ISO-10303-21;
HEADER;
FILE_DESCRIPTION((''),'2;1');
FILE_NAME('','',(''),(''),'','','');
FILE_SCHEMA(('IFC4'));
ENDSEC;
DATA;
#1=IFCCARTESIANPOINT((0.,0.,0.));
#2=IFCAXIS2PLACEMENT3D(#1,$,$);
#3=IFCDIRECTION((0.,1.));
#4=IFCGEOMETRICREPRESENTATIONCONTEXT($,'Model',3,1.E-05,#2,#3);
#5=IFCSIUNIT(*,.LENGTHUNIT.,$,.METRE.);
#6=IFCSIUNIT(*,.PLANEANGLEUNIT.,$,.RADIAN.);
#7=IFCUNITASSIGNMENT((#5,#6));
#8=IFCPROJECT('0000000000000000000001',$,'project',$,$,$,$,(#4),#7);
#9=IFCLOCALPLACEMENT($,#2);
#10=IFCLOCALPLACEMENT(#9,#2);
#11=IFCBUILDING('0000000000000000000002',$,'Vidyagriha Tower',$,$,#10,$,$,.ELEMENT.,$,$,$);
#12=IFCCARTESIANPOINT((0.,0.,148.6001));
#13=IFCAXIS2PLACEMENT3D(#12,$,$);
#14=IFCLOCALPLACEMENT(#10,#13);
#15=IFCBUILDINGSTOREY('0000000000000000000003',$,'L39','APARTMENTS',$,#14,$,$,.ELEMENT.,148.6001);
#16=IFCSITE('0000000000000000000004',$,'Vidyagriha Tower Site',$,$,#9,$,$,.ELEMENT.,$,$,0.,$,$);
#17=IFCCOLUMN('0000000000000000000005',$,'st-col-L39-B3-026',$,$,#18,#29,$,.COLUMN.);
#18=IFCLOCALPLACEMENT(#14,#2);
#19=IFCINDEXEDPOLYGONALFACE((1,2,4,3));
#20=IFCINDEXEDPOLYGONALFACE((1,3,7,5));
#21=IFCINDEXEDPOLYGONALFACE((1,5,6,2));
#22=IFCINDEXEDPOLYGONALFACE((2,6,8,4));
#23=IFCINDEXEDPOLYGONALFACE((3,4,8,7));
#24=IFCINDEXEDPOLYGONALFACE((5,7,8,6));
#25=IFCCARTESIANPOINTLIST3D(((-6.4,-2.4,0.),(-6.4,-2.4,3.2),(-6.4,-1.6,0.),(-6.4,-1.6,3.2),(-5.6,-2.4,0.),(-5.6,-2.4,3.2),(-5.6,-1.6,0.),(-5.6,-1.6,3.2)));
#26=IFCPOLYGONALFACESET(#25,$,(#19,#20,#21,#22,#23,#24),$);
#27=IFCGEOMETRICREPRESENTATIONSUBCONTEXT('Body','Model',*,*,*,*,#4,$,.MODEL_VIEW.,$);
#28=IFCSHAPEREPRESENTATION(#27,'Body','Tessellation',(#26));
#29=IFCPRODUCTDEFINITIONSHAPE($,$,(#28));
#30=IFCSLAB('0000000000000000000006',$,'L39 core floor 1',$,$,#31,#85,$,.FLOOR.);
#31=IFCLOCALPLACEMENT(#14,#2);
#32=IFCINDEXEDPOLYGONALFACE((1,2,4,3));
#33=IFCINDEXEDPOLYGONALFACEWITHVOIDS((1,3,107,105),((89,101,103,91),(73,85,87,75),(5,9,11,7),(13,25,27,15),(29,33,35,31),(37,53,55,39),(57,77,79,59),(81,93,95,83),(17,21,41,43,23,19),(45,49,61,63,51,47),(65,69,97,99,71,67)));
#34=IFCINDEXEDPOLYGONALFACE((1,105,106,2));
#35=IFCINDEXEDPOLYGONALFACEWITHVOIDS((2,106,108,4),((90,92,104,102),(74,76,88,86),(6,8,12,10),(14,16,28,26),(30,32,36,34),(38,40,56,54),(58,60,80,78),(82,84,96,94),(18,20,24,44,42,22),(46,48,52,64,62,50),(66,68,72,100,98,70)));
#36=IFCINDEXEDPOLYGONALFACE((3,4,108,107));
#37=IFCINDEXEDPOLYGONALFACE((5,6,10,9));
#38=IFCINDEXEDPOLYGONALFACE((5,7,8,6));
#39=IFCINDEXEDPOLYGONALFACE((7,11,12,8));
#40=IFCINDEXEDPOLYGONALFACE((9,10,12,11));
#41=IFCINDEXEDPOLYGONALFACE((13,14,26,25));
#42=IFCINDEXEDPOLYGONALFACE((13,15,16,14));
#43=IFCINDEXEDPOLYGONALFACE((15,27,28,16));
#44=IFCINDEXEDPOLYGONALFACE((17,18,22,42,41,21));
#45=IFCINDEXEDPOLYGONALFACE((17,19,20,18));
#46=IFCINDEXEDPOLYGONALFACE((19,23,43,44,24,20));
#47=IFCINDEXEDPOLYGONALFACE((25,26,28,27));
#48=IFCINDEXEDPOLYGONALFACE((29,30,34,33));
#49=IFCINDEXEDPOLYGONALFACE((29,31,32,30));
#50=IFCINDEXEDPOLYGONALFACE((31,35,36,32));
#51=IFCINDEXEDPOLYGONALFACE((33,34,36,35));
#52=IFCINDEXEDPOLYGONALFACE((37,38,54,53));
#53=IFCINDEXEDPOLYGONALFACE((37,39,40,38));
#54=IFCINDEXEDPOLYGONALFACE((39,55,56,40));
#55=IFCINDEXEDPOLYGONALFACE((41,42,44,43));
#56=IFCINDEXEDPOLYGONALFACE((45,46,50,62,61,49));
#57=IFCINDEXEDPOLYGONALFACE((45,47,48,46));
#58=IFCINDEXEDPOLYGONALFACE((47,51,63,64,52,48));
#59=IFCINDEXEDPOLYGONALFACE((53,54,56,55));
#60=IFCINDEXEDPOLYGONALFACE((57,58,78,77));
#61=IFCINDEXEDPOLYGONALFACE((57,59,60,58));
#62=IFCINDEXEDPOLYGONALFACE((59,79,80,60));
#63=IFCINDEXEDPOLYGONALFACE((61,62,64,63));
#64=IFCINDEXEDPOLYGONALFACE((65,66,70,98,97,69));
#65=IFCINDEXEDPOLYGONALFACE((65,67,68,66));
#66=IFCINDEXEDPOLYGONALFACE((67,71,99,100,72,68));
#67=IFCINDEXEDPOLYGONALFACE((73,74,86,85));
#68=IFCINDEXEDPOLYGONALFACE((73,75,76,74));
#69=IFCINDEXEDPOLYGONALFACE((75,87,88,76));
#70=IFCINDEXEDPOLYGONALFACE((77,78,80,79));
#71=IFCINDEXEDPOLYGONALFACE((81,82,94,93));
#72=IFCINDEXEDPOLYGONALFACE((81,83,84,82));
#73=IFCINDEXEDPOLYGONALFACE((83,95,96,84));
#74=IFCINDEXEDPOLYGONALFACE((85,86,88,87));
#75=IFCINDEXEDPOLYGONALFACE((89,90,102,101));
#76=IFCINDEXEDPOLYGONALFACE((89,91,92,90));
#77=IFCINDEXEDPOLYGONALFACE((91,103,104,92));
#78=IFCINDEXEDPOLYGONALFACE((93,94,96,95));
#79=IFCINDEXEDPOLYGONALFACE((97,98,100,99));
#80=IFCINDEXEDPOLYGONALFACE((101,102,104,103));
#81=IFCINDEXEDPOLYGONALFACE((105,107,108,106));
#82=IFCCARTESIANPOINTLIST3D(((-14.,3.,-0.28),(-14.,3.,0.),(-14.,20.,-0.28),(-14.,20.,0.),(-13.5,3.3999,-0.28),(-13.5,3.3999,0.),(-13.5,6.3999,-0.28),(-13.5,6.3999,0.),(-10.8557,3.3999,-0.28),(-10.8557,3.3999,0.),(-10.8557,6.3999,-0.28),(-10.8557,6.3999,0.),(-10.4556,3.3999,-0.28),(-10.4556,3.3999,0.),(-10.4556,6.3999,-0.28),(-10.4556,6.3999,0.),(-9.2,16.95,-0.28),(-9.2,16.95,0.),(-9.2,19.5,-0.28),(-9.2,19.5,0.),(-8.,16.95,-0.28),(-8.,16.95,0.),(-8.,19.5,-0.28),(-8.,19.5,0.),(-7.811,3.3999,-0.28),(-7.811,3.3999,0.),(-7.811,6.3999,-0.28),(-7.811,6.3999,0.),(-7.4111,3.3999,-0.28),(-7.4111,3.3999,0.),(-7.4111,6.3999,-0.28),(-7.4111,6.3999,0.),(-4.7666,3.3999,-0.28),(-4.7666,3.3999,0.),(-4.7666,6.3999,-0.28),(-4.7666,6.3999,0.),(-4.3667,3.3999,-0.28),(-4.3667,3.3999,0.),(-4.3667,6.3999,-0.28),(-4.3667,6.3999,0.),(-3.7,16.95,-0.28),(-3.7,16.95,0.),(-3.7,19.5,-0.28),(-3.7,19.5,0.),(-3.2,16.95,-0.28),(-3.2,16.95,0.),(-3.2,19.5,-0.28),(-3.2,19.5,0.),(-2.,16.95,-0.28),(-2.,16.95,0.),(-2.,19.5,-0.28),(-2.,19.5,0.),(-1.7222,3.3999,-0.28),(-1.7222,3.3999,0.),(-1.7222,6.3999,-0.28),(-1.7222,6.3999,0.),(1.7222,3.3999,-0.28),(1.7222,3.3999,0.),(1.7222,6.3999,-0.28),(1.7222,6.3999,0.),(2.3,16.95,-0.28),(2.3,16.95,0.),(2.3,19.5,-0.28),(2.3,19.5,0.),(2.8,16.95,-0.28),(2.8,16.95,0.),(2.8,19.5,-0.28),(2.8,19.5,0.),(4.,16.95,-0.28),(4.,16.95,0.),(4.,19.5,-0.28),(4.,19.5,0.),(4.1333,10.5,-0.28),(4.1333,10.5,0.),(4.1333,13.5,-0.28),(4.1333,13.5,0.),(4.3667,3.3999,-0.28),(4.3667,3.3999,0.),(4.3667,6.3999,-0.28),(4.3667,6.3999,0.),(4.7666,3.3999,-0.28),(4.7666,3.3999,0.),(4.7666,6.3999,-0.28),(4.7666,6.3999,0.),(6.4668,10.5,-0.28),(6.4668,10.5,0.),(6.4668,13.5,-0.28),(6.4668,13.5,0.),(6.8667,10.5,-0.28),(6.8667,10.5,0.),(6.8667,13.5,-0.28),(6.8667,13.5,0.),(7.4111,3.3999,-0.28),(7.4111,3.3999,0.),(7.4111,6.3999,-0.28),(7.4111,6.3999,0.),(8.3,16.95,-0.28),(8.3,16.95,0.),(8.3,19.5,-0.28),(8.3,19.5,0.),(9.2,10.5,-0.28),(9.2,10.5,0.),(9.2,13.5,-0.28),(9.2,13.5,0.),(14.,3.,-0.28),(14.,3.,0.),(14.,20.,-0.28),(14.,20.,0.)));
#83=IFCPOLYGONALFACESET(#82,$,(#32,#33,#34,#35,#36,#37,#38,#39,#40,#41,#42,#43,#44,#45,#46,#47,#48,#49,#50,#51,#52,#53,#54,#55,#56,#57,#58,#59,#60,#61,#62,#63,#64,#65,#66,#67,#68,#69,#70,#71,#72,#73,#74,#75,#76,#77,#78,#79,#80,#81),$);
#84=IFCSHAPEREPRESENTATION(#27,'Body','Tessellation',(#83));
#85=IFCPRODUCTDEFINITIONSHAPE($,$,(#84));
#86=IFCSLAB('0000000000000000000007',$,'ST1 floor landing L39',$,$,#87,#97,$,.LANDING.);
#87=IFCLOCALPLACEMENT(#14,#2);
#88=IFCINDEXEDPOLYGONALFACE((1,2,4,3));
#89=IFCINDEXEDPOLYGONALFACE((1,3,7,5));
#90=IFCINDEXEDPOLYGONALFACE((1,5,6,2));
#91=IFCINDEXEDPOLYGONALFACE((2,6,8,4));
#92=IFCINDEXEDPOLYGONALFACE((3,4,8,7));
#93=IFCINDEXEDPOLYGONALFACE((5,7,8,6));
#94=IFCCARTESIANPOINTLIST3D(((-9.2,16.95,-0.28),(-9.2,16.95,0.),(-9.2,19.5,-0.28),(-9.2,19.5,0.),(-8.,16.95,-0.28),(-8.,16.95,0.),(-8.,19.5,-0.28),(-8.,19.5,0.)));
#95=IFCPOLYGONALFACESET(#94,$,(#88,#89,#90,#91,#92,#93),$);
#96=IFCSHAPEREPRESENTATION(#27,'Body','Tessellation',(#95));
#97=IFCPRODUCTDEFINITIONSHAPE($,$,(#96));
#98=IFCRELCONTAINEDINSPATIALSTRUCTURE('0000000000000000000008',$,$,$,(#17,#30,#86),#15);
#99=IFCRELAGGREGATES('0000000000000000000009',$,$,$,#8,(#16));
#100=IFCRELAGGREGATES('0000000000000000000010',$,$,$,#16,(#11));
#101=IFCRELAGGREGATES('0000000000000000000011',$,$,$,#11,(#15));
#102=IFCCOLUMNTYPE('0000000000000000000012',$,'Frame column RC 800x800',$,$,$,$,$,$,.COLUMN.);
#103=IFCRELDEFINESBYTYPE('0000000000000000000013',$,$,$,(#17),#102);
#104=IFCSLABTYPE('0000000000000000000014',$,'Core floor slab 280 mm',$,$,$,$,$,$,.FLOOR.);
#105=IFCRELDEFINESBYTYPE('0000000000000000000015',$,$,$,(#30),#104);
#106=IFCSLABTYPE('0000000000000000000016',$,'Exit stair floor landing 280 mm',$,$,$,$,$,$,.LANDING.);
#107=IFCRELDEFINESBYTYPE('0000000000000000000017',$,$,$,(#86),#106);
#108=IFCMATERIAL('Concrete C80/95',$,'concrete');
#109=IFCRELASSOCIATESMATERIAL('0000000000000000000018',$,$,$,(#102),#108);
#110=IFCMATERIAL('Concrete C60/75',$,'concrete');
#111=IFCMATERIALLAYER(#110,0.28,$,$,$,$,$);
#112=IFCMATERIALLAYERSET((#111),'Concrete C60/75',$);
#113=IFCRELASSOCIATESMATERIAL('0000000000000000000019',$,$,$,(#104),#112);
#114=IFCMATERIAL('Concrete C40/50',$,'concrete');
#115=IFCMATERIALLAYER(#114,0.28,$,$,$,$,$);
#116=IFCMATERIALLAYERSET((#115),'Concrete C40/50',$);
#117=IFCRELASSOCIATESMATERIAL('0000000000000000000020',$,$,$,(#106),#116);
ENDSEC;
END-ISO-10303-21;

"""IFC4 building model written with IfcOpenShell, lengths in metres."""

from ifc_helpers import new_model, si_unit, direction, frame, origin, origin_2d, place, context, subcontext, project, spatial, polyline, rectangle, outline, extrude, material, layer, layer_set, material_profile, profile_set, type_object, element, save


model = new_model("IFC4")

# Units and contexts
model_context = context("Model", 3, precision=1e-05, world=origin(), true_north=direction((0.0, 1.0)))
body_context = subcontext(model_context, "Body", "Model", "MODEL_VIEW")
ifc_project = project(units=[si_unit("LENGTHUNIT", "METRE"), si_unit("PLANEANGLEUNIT", "RADIAN")], contexts=[model_context])

# Site, building, storey
site_placement = place(None, origin())
site = spatial("IfcSite", under=ifc_project, at=site_placement, Name="Vidyagriha Tower Site", CompositionType="ELEMENT", RefElevation=0.0)
building_placement = place(site_placement, origin())
building = spatial("IfcBuilding", under=site, at=building_placement, Name="Vidyagriha Tower", CompositionType="ELEMENT")
storey_placement = place(building_placement, frame((0.0, 0.0, 148.6001)))
storey = spatial("IfcBuildingStorey", under=building, at=storey_placement, Name="L39", Description="APARTMENTS", CompositionType="ELEMENT", Elevation=148.6001)

# Column
ifc_material_1 = material(Name="Concrete C80/95", Category="concrete")
ifc_material_profile = material_profile(ifc_material_1, rectangle(XDim=0.8, YDim=0.8, at=origin_2d()), Name="RC 800x800")
ifc_profile_set = profile_set([ifc_material_profile], Name="Concrete C80/95")
column_type = type_object("IfcColumnType", Name="Frame column RC 800x800", PredefinedType="COLUMN", material=ifc_profile_set)
column_placement = place(storey_placement, frame((-6.0, -2.0, 0.0)))
element("IfcColumn", 1, at=column_placement, inside=storey, type_object=column_type, Name="st-col-L39-B3-026", PredefinedType="COLUMN", context=body_context, shape_type="SweptSolid", body=[
    extrude(rectangle(XDim=0.8, YDim=0.8, at=origin_2d()), origin(), (0.0, 0.0, 1.0), 3.2),
])

# Slabs
ifc_material_2 = material(Name="Concrete C60/75", Category="concrete")
ifc_layer_1 = layer(ifc_material_2, 0.28)
ifc_layer_set_1 = layer_set([ifc_layer_1], Name="Concrete C60/75")
slab_type_1 = type_object("IfcSlabType", Name="Core floor slab 280 mm", PredefinedType="FLOOR", material=ifc_layer_set_1)
slab_1_placement = place(storey_placement, frame((0.0, 0.0, -0.28)))
element("IfcSlab", 2, at=slab_1_placement, inside=storey, type_object=slab_type_1, Name="L39 core floor 1", PredefinedType="FLOOR", context=body_context, shape_type="SweptSolid", body=[
    extrude(outline(polyline([(-14.0, 3.0), (-14.0, 20.0), (14.0, 20.0), (14.0, 3.0), (-14.0, 3.0)]), holes=[polyline([(9.2, 13.5), (6.8667, 13.5), (6.8667, 10.5), (9.2, 10.5), (9.2, 13.5)]), polyline([(4.0, 19.5), (2.8, 19.5), (2.8, 16.95), (4.0, 16.95), (8.3, 16.95), (8.3, 19.5), (4.0, 19.5)]), polyline([(7.4111, 6.3999), (4.7666, 6.3999), (4.7666, 3.3999), (7.4111, 3.3999), (7.4111, 6.3999)]), polyline([(6.4668, 13.5), (4.1333, 13.5), (4.1333, 10.5), (6.4668, 10.5), (6.4668, 13.5)]), polyline([(1.7222, 6.3999), (1.7222, 3.3999), (4.3667, 3.3999), (4.3667, 6.3999), (1.7222, 6.3999)]), polyline([(-2.0, 16.95), (2.3, 16.95), (2.3, 19.5), (-2.0, 19.5), (-3.2, 19.5), (-3.2, 16.95), (-2.0, 16.95)]), polyline([(-1.7222, 6.3999), (-4.3667, 6.3999), (-4.3667, 3.3999), (-1.7222, 3.3999), (-1.7222, 6.3999)]), polyline([(-8.0, 19.5), (-9.2, 19.5), (-9.2, 16.95), (-8.0, 16.95), (-3.7, 16.95), (-3.7, 19.5), (-8.0, 19.5)]), polyline([(-4.7666, 6.3999), (-7.4111, 6.3999), (-7.4111, 3.3999), (-4.7666, 3.3999), (-4.7666, 6.3999)]), polyline([(-7.811, 6.3999), (-10.4556, 6.3999), (-10.4556, 3.3999), (-7.811, 3.3999), (-7.811, 6.3999)]), polyline([(-13.5, 6.3999), (-13.5, 3.3999), (-10.8557, 3.3999), (-10.8557, 6.3999), (-13.5, 6.3999)])]), origin(), (0.0, 0.0, 1.0), 0.28),
])
ifc_material_3 = material(Name="Concrete C40/50", Category="concrete")
ifc_layer_2 = layer(ifc_material_3, 0.28)
ifc_layer_set_2 = layer_set([ifc_layer_2], Name="Concrete C40/50")
slab_type_2 = type_object("IfcSlabType", Name="Exit stair floor landing 280 mm", PredefinedType="LANDING", material=ifc_layer_set_2)
slab_2_placement = place(storey_placement, frame((0.0, 0.0, -0.28)))
element("IfcSlab", 3, at=slab_2_placement, inside=storey, type_object=slab_type_2, Name="ST1 floor landing L39", PredefinedType="LANDING", context=body_context, shape_type="SweptSolid", body=[
    extrude(outline(polyline([(-9.2, 16.95), (-8.0, 16.95), (-8.0, 19.5), (-9.2, 19.5), (-9.2, 16.95)])), origin(), (0.0, 0.0, 1.0), 0.28),
])

save(model, "model.ifc")
